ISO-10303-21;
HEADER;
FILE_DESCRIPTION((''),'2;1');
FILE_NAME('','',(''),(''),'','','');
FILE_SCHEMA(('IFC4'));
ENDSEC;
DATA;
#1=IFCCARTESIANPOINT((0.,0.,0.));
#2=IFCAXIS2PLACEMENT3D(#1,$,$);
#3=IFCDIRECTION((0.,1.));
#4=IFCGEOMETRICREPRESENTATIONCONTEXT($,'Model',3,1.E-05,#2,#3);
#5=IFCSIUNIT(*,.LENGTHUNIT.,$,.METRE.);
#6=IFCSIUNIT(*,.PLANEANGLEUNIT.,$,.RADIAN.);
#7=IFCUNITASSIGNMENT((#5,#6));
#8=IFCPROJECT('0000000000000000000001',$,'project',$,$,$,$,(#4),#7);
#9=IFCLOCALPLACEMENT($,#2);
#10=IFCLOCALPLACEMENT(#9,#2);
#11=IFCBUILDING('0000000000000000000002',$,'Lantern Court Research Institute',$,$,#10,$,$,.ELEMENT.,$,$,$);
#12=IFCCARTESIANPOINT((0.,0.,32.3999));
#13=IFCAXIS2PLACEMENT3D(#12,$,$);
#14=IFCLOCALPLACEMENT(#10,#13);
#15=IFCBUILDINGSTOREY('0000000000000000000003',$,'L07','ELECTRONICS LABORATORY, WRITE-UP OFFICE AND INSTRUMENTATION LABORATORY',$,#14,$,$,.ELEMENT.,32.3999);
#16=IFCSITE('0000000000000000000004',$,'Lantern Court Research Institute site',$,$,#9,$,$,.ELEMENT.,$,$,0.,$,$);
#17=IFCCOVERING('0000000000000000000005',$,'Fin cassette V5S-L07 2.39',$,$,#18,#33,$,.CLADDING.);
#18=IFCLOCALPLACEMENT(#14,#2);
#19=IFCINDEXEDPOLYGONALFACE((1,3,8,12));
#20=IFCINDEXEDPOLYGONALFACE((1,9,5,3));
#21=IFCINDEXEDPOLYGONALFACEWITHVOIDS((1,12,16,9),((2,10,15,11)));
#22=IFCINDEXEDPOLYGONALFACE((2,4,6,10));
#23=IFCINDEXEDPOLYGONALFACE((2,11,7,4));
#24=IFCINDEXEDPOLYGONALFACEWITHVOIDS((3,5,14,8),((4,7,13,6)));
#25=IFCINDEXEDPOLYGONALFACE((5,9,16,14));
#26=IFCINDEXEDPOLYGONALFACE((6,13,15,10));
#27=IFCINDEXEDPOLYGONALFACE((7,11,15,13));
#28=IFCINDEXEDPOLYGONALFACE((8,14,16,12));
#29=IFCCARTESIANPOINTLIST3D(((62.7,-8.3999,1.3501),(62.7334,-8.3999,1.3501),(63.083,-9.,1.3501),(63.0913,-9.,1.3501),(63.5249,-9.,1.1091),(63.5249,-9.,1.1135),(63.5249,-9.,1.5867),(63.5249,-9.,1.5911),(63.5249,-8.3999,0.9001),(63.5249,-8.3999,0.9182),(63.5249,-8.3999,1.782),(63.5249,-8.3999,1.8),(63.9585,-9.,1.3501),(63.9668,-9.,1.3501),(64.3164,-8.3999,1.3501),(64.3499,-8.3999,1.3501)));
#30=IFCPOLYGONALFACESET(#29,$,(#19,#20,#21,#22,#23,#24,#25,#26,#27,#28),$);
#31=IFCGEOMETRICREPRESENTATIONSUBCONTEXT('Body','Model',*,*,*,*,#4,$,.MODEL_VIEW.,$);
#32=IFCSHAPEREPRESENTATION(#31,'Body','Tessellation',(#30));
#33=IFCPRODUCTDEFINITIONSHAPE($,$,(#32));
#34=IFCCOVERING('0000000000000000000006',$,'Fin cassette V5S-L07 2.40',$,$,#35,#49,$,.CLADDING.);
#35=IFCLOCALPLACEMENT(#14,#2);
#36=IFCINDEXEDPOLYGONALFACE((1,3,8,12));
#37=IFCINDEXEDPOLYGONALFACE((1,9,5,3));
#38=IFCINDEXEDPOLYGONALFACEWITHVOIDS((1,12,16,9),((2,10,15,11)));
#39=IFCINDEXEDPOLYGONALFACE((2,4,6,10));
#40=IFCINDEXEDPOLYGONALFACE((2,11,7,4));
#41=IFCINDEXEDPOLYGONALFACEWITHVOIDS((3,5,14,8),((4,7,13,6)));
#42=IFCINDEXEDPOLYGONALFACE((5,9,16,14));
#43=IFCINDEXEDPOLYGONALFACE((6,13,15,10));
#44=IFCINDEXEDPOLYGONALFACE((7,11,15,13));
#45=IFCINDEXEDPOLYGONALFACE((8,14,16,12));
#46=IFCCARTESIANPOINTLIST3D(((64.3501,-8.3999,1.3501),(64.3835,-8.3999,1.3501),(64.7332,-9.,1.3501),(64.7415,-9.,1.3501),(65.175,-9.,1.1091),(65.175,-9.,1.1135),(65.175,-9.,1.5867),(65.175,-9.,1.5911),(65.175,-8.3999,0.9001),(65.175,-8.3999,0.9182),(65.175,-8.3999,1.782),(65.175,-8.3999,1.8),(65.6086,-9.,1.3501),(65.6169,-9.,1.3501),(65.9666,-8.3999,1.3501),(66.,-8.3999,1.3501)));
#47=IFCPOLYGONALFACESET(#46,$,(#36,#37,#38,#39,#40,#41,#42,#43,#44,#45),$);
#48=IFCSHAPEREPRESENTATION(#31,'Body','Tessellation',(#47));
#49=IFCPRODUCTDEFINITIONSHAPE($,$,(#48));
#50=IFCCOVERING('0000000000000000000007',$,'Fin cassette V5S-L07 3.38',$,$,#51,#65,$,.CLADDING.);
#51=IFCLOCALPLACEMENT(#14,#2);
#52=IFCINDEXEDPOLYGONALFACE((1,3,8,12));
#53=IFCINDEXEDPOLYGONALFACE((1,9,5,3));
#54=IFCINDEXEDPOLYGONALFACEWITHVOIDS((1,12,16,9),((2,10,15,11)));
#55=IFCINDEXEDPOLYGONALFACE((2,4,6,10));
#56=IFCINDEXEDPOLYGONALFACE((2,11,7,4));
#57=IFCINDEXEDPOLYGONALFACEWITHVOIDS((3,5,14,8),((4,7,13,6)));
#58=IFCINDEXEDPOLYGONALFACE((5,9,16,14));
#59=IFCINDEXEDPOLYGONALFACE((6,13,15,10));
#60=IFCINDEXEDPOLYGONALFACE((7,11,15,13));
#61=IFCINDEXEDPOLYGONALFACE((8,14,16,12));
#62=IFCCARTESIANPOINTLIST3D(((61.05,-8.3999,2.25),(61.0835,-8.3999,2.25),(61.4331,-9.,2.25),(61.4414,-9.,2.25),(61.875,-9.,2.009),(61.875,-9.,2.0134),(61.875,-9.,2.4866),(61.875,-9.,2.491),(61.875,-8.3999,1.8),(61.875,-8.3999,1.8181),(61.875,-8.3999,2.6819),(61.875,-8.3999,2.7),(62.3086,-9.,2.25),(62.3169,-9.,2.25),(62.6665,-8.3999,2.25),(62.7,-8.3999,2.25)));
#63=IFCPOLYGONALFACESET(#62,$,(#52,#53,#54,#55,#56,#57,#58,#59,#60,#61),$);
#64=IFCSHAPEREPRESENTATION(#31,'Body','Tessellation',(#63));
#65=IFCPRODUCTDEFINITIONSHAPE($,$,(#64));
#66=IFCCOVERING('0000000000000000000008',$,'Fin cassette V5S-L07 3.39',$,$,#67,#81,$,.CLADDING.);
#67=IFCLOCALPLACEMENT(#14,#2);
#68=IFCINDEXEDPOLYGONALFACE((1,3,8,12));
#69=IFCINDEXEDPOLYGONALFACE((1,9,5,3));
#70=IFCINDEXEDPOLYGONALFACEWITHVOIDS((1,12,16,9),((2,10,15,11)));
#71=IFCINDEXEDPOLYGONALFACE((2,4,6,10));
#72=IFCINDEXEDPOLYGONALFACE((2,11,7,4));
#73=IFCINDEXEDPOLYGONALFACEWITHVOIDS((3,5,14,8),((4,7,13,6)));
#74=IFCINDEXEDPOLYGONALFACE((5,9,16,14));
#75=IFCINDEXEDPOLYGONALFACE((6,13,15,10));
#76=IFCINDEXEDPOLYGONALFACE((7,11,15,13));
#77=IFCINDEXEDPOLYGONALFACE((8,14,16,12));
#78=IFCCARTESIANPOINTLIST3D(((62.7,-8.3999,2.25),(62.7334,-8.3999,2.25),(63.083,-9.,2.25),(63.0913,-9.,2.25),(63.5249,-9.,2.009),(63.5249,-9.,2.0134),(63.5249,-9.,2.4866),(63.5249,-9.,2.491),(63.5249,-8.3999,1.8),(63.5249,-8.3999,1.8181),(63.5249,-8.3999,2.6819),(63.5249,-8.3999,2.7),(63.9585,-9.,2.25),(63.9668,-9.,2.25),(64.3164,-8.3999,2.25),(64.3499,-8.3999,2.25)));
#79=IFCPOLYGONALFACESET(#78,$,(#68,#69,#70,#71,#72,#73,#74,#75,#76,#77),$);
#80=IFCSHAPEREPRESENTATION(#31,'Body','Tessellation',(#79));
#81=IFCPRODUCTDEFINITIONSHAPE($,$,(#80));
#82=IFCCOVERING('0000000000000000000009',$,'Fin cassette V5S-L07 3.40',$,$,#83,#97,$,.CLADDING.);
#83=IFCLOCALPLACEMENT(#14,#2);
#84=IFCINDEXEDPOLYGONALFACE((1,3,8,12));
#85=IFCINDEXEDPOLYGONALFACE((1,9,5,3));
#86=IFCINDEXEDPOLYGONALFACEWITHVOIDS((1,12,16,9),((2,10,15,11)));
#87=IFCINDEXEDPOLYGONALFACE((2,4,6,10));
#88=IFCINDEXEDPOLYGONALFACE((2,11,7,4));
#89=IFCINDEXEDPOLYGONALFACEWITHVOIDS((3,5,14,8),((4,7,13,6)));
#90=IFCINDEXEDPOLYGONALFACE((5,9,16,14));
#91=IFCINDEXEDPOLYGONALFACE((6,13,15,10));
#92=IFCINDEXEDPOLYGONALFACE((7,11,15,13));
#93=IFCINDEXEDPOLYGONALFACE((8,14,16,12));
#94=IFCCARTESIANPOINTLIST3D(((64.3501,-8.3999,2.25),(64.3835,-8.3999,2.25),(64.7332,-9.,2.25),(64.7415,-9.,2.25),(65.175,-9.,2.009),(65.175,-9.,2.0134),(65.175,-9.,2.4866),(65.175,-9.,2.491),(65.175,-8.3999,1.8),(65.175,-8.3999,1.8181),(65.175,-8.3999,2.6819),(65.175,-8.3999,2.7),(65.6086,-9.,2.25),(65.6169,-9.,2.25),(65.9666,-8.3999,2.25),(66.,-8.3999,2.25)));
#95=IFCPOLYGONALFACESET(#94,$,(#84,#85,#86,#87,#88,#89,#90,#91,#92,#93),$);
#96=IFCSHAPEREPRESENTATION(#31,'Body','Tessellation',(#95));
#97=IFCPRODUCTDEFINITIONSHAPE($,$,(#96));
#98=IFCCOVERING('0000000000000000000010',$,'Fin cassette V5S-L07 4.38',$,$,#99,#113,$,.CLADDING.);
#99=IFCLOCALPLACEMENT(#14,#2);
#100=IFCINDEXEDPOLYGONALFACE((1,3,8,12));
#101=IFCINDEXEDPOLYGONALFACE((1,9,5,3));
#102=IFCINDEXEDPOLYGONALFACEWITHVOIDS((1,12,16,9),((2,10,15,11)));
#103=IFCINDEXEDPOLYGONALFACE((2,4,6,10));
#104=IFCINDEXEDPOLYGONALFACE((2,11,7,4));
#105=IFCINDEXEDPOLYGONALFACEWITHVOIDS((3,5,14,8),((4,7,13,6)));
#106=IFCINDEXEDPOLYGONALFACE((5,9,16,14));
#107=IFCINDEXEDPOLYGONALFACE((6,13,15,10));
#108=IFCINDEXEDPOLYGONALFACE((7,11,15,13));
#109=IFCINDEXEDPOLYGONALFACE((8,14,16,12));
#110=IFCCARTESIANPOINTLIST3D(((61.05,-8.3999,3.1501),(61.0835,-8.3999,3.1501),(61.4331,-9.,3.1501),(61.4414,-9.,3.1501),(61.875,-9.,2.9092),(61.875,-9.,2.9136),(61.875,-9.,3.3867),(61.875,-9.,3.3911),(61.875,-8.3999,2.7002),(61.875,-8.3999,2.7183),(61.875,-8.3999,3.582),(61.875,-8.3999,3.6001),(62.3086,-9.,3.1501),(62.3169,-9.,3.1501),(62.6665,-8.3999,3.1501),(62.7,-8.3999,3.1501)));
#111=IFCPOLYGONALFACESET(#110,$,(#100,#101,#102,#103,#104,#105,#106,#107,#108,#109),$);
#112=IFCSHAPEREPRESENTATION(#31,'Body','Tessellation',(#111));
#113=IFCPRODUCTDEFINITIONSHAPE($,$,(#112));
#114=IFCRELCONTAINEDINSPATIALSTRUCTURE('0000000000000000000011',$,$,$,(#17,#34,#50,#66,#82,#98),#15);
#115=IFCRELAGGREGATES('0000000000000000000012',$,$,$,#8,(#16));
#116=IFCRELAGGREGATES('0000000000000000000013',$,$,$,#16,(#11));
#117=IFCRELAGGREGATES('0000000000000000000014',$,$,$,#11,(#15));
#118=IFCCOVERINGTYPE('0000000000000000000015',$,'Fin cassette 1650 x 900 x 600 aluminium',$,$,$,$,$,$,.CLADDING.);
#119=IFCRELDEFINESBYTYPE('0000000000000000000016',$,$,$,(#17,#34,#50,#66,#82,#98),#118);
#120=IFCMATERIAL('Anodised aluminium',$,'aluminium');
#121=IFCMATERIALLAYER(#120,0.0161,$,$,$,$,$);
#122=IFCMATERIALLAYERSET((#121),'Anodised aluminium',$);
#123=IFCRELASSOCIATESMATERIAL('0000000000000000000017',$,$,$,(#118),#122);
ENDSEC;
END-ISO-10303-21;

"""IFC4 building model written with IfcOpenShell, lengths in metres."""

from ifc_helpers import new_model, entity, si_unit, direction, frame, origin, place, context, subcontext, project, spatial, material, layer, layer_set, type_object, element, save


model = new_model("IFC4")

# Units and contexts
model_context = context("Model", 3, precision=1e-05, world=origin(), true_north=direction((0.0, 1.0)))
body_context = subcontext(model_context, "Body", "Model", "MODEL_VIEW")
ifc_project = project(units=[si_unit("LENGTHUNIT", "METRE"), si_unit("PLANEANGLEUNIT", "RADIAN")], contexts=[model_context])

# Site, building, storey
site_placement = place(None, origin())
site = spatial("IfcSite", under=ifc_project, at=site_placement, Name="Lantern Court Research Institute site", CompositionType="ELEMENT", RefElevation=0.0)
building_placement = place(site_placement, origin())
building = spatial("IfcBuilding", under=site, at=building_placement, Name="Lantern Court Research Institute", CompositionType="ELEMENT")
storey_placement = place(building_placement, frame((0.0, 0.0, 32.3999)))
storey = spatial("IfcBuildingStorey", under=building, at=storey_placement, Name="L07", Description="ELECTRONICS LABORATORY, WRITE-UP OFFICE AND INSTRUMENTATION LABORATORY", CompositionType="ELEMENT", Elevation=32.3999)

# Coverings
ifc_material_1 = material(Name="Anodised aluminium", Category="aluminium")
ifc_layer_1 = layer(ifc_material_1, 0.0161)
ifc_layer_set_1 = layer_set([ifc_layer_1], Name="Anodised aluminium")
covering_type = type_object("IfcCoveringType", Name="Fin cassette 1650 x 900 x 600 aluminium", PredefinedType="CLADDING", material=ifc_layer_set_1)
covering_1_placement = place(storey_placement, frame((63.5249, -8.3999, 1.3501), z_axis=(0.0, -1.0, 0.0), x_axis=(1.0, 0.0, 0.0)))
cartesian_point_1 = entity("IfcCartesianPoint", [0.825, 0.0])
cartesian_point_2 = entity("IfcCartesianPoint", [0.7915, 0.0])
cartesian_point_3 = entity("IfcCartesianPoint", [0.4419, 0.0])
cartesian_point_4 = entity("IfcCartesianPoint", [0.4336, 0.0])
element("IfcCovering", 1, at=covering_1_placement, inside=storey, type_object=covering_type, Name="Fin cassette V5S-L07 2.39", PredefinedType="CLADDING", context=body_context, shape_type="SweptSolid", body=[
    entity("IfcExtrudedAreaSolidTapered", entity("IfcArbitraryProfileDefWithVoids", "AREA", None, entity("IfcPolyline", [cartesian_point_1, entity("IfcCartesianPoint", [0.0, 0.45]), entity("IfcCartesianPoint", [-0.825, 0.0]), entity("IfcCartesianPoint", [0.0, -0.45]), cartesian_point_1]), [entity("IfcPolyline", [cartesian_point_2, entity("IfcCartesianPoint", [0.0, 0.4319]), entity("IfcCartesianPoint", [-0.7915, 0.0]), entity("IfcCartesianPoint", [0.0, -0.4319]), cartesian_point_2])]), entity("IfcAxis2Placement3D", entity("IfcCartesianPoint", [0.0, 0.0, 0.0])), entity("IfcDirection", [0.0, 0.0, 1.0]), 0.6001, entity("IfcArbitraryProfileDefWithVoids", "AREA", None, entity("IfcPolyline", [cartesian_point_3, entity("IfcCartesianPoint", [0.0, 0.241]), entity("IfcCartesianPoint", [-0.4419, 0.0]), entity("IfcCartesianPoint", [0.0, -0.241]), cartesian_point_3]), [entity("IfcPolyline", [cartesian_point_4, entity("IfcCartesianPoint", [0.0, 0.2366]), entity("IfcCartesianPoint", [-0.4336, 0.0]), entity("IfcCartesianPoint", [0.0, -0.2366]), cartesian_point_4])])),
])
covering_2_placement = place(storey_placement, frame((65.175, -8.3999, 1.3501), z_axis=(0.0, -1.0, 0.0), x_axis=(1.0, 0.0, 0.0)))
cartesian_point_5 = entity("IfcCartesianPoint", [0.825, 0.0])
cartesian_point_6 = entity("IfcCartesianPoint", [0.7915, 0.0])
cartesian_point_7 = entity("IfcCartesianPoint", [0.4419, 0.0])
cartesian_point_8 = entity("IfcCartesianPoint", [0.4336, 0.0])
element("IfcCovering", 2, at=covering_2_placement, inside=storey, type_object=covering_type, Name="Fin cassette V5S-L07 2.40", PredefinedType="CLADDING", context=body_context, shape_type="SweptSolid", body=[
    entity("IfcExtrudedAreaSolidTapered", entity("IfcArbitraryProfileDefWithVoids", "AREA", None, entity("IfcPolyline", [cartesian_point_5, entity("IfcCartesianPoint", [0.0, 0.45]), entity("IfcCartesianPoint", [-0.825, 0.0]), entity("IfcCartesianPoint", [0.0, -0.45]), cartesian_point_5]), [entity("IfcPolyline", [cartesian_point_6, entity("IfcCartesianPoint", [0.0, 0.4319]), entity("IfcCartesianPoint", [-0.7915, 0.0]), entity("IfcCartesianPoint", [0.0, -0.4319]), cartesian_point_6])]), entity("IfcAxis2Placement3D", entity("IfcCartesianPoint", [0.0, 0.0, 0.0])), entity("IfcDirection", [0.0, 0.0, 1.0]), 0.6001, entity("IfcArbitraryProfileDefWithVoids", "AREA", None, entity("IfcPolyline", [cartesian_point_7, entity("IfcCartesianPoint", [0.0, 0.241]), entity("IfcCartesianPoint", [-0.4419, 0.0]), entity("IfcCartesianPoint", [0.0, -0.241]), cartesian_point_7]), [entity("IfcPolyline", [cartesian_point_8, entity("IfcCartesianPoint", [0.0, 0.2366]), entity("IfcCartesianPoint", [-0.4336, 0.0]), entity("IfcCartesianPoint", [0.0, -0.2366]), cartesian_point_8])])),
])
covering_3_placement = place(storey_placement, frame((61.875, -8.3999, 2.25), z_axis=(0.0, -1.0, 0.0), x_axis=(1.0, 0.0, 0.0)))
cartesian_point_9 = entity("IfcCartesianPoint", [0.825, 0.0])
cartesian_point_10 = entity("IfcCartesianPoint", [0.7915, 0.0])
cartesian_point_11 = entity("IfcCartesianPoint", [0.4419, 0.0])
cartesian_point_12 = entity("IfcCartesianPoint", [0.4336, 0.0])
element("IfcCovering", 3, at=covering_3_placement, inside=storey, type_object=covering_type, Name="Fin cassette V5S-L07 3.38", PredefinedType="CLADDING", context=body_context, shape_type="SweptSolid", body=[
    entity("IfcExtrudedAreaSolidTapered", entity("IfcArbitraryProfileDefWithVoids", "AREA", None, entity("IfcPolyline", [cartesian_point_9, entity("IfcCartesianPoint", [0.0, 0.45]), entity("IfcCartesianPoint", [-0.825, 0.0]), entity("IfcCartesianPoint", [0.0, -0.45]), cartesian_point_9]), [entity("IfcPolyline", [cartesian_point_10, entity("IfcCartesianPoint", [0.0, 0.4319]), entity("IfcCartesianPoint", [-0.7915, 0.0]), entity("IfcCartesianPoint", [0.0, -0.4319]), cartesian_point_10])]), entity("IfcAxis2Placement3D", entity("IfcCartesianPoint", [0.0, 0.0, 0.0])), entity("IfcDirection", [0.0, 0.0, 1.0]), 0.6001, entity("IfcArbitraryProfileDefWithVoids", "AREA", None, entity("IfcPolyline", [cartesian_point_11, entity("IfcCartesianPoint", [0.0, 0.241]), entity("IfcCartesianPoint", [-0.4419, 0.0]), entity("IfcCartesianPoint", [0.0, -0.241]), cartesian_point_11]), [entity("IfcPolyline", [cartesian_point_12, entity("IfcCartesianPoint", [0.0, 0.2366]), entity("IfcCartesianPoint", [-0.4336, 0.0]), entity("IfcCartesianPoint", [0.0, -0.2366]), cartesian_point_12])])),
])
covering_4_placement = place(storey_placement, frame((63.5249, -8.3999, 2.25), z_axis=(0.0, -1.0, 0.0), x_axis=(1.0, 0.0, 0.0)))
cartesian_point_13 = entity("IfcCartesianPoint", [0.825, 0.0])
cartesian_point_14 = entity("IfcCartesianPoint", [0.7915, 0.0])
cartesian_point_15 = entity("IfcCartesianPoint", [0.4419, 0.0])
cartesian_point_16 = entity("IfcCartesianPoint", [0.4336, 0.0])
element("IfcCovering", 4, at=covering_4_placement, inside=storey, type_object=covering_type, Name="Fin cassette V5S-L07 3.39", PredefinedType="CLADDING", context=body_context, shape_type="SweptSolid", body=[
    entity("IfcExtrudedAreaSolidTapered", entity("IfcArbitraryProfileDefWithVoids", "AREA", None, entity("IfcPolyline", [cartesian_point_13, entity("IfcCartesianPoint", [0.0, 0.45]), entity("IfcCartesianPoint", [-0.825, 0.0]), entity("IfcCartesianPoint", [0.0, -0.45]), cartesian_point_13]), [entity("IfcPolyline", [cartesian_point_14, entity("IfcCartesianPoint", [0.0, 0.4319]), entity("IfcCartesianPoint", [-0.7915, 0.0]), entity("IfcCartesianPoint", [0.0, -0.4319]), cartesian_point_14])]), entity("IfcAxis2Placement3D", entity("IfcCartesianPoint", [0.0, 0.0, 0.0])), entity("IfcDirection", [0.0, 0.0, 1.0]), 0.6001, entity("IfcArbitraryProfileDefWithVoids", "AREA", None, entity("IfcPolyline", [cartesian_point_15, entity("IfcCartesianPoint", [0.0, 0.241]), entity("IfcCartesianPoint", [-0.4419, 0.0]), entity("IfcCartesianPoint", [0.0, -0.241]), cartesian_point_15]), [entity("IfcPolyline", [cartesian_point_16, entity("IfcCartesianPoint", [0.0, 0.2366]), entity("IfcCartesianPoint", [-0.4336, 0.0]), entity("IfcCartesianPoint", [0.0, -0.2366]), cartesian_point_16])])),
])
covering_5_placement = place(storey_placement, frame((65.175, -8.3999, 2.25), z_axis=(0.0, -1.0, 0.0), x_axis=(1.0, 0.0, 0.0)))
cartesian_point_17 = entity("IfcCartesianPoint", [0.825, 0.0])
cartesian_point_18 = entity("IfcCartesianPoint", [0.7915, 0.0])
cartesian_point_19 = entity("IfcCartesianPoint", [0.4419, 0.0])
cartesian_point_20 = entity("IfcCartesianPoint", [0.4336, 0.0])
element("IfcCovering", 5, at=covering_5_placement, inside=storey, type_object=covering_type, Name="Fin cassette V5S-L07 3.40", PredefinedType="CLADDING", context=body_context, shape_type="SweptSolid", body=[
    entity("IfcExtrudedAreaSolidTapered", entity("IfcArbitraryProfileDefWithVoids", "AREA", None, entity("IfcPolyline", [cartesian_point_17, entity("IfcCartesianPoint", [0.0, 0.45]), entity("IfcCartesianPoint", [-0.825, 0.0]), entity("IfcCartesianPoint", [0.0, -0.45]), cartesian_point_17]), [entity("IfcPolyline", [cartesian_point_18, entity("IfcCartesianPoint", [0.0, 0.4319]), entity("IfcCartesianPoint", [-0.7915, 0.0]), entity("IfcCartesianPoint", [0.0, -0.4319]), cartesian_point_18])]), entity("IfcAxis2Placement3D", entity("IfcCartesianPoint", [0.0, 0.0, 0.0])), entity("IfcDirection", [0.0, 0.0, 1.0]), 0.6001, entity("IfcArbitraryProfileDefWithVoids", "AREA", None, entity("IfcPolyline", [cartesian_point_19, entity("IfcCartesianPoint", [0.0, 0.241]), entity("IfcCartesianPoint", [-0.4419, 0.0]), entity("IfcCartesianPoint", [0.0, -0.241]), cartesian_point_19]), [entity("IfcPolyline", [cartesian_point_20, entity("IfcCartesianPoint", [0.0, 0.2366]), entity("IfcCartesianPoint", [-0.4336, 0.0]), entity("IfcCartesianPoint", [0.0, -0.2366]), cartesian_point_20])])),
])
covering_6_placement = place(storey_placement, frame((61.875, -8.3999, 3.1501), z_axis=(0.0, -1.0, 0.0), x_axis=(1.0, 0.0, 0.0)))
cartesian_point_21 = entity("IfcCartesianPoint", [0.825, 0.0])
cartesian_point_22 = entity("IfcCartesianPoint", [0.7915, 0.0])
cartesian_point_23 = entity("IfcCartesianPoint", [0.4419, 0.0])
cartesian_point_24 = entity("IfcCartesianPoint", [0.4336, 0.0])
element("IfcCovering", 6, at=covering_6_placement, inside=storey, type_object=covering_type, Name="Fin cassette V5S-L07 4.38", PredefinedType="CLADDING", context=body_context, shape_type="SweptSolid", body=[
    entity("IfcExtrudedAreaSolidTapered", entity("IfcArbitraryProfileDefWithVoids", "AREA", None, entity("IfcPolyline", [cartesian_point_21, entity("IfcCartesianPoint", [0.0, 0.45]), entity("IfcCartesianPoint", [-0.825, 0.0]), entity("IfcCartesianPoint", [0.0, -0.45]), cartesian_point_21]), [entity("IfcPolyline", [cartesian_point_22, entity("IfcCartesianPoint", [0.0, 0.4319]), entity("IfcCartesianPoint", [-0.7915, 0.0]), entity("IfcCartesianPoint", [0.0, -0.4319]), cartesian_point_22])]), entity("IfcAxis2Placement3D", entity("IfcCartesianPoint", [0.0, 0.0, 0.0])), entity("IfcDirection", [0.0, 0.0, 1.0]), 0.6001, entity("IfcArbitraryProfileDefWithVoids", "AREA", None, entity("IfcPolyline", [cartesian_point_23, entity("IfcCartesianPoint", [0.0, 0.241]), entity("IfcCartesianPoint", [-0.4419, 0.0]), entity("IfcCartesianPoint", [0.0, -0.241]), cartesian_point_23]), [entity("IfcPolyline", [cartesian_point_24, entity("IfcCartesianPoint", [0.0, 0.2366]), entity("IfcCartesianPoint", [-0.4336, 0.0]), entity("IfcCartesianPoint", [0.0, -0.2366]), cartesian_point_24])])),
])

save(model, "model.ifc")
